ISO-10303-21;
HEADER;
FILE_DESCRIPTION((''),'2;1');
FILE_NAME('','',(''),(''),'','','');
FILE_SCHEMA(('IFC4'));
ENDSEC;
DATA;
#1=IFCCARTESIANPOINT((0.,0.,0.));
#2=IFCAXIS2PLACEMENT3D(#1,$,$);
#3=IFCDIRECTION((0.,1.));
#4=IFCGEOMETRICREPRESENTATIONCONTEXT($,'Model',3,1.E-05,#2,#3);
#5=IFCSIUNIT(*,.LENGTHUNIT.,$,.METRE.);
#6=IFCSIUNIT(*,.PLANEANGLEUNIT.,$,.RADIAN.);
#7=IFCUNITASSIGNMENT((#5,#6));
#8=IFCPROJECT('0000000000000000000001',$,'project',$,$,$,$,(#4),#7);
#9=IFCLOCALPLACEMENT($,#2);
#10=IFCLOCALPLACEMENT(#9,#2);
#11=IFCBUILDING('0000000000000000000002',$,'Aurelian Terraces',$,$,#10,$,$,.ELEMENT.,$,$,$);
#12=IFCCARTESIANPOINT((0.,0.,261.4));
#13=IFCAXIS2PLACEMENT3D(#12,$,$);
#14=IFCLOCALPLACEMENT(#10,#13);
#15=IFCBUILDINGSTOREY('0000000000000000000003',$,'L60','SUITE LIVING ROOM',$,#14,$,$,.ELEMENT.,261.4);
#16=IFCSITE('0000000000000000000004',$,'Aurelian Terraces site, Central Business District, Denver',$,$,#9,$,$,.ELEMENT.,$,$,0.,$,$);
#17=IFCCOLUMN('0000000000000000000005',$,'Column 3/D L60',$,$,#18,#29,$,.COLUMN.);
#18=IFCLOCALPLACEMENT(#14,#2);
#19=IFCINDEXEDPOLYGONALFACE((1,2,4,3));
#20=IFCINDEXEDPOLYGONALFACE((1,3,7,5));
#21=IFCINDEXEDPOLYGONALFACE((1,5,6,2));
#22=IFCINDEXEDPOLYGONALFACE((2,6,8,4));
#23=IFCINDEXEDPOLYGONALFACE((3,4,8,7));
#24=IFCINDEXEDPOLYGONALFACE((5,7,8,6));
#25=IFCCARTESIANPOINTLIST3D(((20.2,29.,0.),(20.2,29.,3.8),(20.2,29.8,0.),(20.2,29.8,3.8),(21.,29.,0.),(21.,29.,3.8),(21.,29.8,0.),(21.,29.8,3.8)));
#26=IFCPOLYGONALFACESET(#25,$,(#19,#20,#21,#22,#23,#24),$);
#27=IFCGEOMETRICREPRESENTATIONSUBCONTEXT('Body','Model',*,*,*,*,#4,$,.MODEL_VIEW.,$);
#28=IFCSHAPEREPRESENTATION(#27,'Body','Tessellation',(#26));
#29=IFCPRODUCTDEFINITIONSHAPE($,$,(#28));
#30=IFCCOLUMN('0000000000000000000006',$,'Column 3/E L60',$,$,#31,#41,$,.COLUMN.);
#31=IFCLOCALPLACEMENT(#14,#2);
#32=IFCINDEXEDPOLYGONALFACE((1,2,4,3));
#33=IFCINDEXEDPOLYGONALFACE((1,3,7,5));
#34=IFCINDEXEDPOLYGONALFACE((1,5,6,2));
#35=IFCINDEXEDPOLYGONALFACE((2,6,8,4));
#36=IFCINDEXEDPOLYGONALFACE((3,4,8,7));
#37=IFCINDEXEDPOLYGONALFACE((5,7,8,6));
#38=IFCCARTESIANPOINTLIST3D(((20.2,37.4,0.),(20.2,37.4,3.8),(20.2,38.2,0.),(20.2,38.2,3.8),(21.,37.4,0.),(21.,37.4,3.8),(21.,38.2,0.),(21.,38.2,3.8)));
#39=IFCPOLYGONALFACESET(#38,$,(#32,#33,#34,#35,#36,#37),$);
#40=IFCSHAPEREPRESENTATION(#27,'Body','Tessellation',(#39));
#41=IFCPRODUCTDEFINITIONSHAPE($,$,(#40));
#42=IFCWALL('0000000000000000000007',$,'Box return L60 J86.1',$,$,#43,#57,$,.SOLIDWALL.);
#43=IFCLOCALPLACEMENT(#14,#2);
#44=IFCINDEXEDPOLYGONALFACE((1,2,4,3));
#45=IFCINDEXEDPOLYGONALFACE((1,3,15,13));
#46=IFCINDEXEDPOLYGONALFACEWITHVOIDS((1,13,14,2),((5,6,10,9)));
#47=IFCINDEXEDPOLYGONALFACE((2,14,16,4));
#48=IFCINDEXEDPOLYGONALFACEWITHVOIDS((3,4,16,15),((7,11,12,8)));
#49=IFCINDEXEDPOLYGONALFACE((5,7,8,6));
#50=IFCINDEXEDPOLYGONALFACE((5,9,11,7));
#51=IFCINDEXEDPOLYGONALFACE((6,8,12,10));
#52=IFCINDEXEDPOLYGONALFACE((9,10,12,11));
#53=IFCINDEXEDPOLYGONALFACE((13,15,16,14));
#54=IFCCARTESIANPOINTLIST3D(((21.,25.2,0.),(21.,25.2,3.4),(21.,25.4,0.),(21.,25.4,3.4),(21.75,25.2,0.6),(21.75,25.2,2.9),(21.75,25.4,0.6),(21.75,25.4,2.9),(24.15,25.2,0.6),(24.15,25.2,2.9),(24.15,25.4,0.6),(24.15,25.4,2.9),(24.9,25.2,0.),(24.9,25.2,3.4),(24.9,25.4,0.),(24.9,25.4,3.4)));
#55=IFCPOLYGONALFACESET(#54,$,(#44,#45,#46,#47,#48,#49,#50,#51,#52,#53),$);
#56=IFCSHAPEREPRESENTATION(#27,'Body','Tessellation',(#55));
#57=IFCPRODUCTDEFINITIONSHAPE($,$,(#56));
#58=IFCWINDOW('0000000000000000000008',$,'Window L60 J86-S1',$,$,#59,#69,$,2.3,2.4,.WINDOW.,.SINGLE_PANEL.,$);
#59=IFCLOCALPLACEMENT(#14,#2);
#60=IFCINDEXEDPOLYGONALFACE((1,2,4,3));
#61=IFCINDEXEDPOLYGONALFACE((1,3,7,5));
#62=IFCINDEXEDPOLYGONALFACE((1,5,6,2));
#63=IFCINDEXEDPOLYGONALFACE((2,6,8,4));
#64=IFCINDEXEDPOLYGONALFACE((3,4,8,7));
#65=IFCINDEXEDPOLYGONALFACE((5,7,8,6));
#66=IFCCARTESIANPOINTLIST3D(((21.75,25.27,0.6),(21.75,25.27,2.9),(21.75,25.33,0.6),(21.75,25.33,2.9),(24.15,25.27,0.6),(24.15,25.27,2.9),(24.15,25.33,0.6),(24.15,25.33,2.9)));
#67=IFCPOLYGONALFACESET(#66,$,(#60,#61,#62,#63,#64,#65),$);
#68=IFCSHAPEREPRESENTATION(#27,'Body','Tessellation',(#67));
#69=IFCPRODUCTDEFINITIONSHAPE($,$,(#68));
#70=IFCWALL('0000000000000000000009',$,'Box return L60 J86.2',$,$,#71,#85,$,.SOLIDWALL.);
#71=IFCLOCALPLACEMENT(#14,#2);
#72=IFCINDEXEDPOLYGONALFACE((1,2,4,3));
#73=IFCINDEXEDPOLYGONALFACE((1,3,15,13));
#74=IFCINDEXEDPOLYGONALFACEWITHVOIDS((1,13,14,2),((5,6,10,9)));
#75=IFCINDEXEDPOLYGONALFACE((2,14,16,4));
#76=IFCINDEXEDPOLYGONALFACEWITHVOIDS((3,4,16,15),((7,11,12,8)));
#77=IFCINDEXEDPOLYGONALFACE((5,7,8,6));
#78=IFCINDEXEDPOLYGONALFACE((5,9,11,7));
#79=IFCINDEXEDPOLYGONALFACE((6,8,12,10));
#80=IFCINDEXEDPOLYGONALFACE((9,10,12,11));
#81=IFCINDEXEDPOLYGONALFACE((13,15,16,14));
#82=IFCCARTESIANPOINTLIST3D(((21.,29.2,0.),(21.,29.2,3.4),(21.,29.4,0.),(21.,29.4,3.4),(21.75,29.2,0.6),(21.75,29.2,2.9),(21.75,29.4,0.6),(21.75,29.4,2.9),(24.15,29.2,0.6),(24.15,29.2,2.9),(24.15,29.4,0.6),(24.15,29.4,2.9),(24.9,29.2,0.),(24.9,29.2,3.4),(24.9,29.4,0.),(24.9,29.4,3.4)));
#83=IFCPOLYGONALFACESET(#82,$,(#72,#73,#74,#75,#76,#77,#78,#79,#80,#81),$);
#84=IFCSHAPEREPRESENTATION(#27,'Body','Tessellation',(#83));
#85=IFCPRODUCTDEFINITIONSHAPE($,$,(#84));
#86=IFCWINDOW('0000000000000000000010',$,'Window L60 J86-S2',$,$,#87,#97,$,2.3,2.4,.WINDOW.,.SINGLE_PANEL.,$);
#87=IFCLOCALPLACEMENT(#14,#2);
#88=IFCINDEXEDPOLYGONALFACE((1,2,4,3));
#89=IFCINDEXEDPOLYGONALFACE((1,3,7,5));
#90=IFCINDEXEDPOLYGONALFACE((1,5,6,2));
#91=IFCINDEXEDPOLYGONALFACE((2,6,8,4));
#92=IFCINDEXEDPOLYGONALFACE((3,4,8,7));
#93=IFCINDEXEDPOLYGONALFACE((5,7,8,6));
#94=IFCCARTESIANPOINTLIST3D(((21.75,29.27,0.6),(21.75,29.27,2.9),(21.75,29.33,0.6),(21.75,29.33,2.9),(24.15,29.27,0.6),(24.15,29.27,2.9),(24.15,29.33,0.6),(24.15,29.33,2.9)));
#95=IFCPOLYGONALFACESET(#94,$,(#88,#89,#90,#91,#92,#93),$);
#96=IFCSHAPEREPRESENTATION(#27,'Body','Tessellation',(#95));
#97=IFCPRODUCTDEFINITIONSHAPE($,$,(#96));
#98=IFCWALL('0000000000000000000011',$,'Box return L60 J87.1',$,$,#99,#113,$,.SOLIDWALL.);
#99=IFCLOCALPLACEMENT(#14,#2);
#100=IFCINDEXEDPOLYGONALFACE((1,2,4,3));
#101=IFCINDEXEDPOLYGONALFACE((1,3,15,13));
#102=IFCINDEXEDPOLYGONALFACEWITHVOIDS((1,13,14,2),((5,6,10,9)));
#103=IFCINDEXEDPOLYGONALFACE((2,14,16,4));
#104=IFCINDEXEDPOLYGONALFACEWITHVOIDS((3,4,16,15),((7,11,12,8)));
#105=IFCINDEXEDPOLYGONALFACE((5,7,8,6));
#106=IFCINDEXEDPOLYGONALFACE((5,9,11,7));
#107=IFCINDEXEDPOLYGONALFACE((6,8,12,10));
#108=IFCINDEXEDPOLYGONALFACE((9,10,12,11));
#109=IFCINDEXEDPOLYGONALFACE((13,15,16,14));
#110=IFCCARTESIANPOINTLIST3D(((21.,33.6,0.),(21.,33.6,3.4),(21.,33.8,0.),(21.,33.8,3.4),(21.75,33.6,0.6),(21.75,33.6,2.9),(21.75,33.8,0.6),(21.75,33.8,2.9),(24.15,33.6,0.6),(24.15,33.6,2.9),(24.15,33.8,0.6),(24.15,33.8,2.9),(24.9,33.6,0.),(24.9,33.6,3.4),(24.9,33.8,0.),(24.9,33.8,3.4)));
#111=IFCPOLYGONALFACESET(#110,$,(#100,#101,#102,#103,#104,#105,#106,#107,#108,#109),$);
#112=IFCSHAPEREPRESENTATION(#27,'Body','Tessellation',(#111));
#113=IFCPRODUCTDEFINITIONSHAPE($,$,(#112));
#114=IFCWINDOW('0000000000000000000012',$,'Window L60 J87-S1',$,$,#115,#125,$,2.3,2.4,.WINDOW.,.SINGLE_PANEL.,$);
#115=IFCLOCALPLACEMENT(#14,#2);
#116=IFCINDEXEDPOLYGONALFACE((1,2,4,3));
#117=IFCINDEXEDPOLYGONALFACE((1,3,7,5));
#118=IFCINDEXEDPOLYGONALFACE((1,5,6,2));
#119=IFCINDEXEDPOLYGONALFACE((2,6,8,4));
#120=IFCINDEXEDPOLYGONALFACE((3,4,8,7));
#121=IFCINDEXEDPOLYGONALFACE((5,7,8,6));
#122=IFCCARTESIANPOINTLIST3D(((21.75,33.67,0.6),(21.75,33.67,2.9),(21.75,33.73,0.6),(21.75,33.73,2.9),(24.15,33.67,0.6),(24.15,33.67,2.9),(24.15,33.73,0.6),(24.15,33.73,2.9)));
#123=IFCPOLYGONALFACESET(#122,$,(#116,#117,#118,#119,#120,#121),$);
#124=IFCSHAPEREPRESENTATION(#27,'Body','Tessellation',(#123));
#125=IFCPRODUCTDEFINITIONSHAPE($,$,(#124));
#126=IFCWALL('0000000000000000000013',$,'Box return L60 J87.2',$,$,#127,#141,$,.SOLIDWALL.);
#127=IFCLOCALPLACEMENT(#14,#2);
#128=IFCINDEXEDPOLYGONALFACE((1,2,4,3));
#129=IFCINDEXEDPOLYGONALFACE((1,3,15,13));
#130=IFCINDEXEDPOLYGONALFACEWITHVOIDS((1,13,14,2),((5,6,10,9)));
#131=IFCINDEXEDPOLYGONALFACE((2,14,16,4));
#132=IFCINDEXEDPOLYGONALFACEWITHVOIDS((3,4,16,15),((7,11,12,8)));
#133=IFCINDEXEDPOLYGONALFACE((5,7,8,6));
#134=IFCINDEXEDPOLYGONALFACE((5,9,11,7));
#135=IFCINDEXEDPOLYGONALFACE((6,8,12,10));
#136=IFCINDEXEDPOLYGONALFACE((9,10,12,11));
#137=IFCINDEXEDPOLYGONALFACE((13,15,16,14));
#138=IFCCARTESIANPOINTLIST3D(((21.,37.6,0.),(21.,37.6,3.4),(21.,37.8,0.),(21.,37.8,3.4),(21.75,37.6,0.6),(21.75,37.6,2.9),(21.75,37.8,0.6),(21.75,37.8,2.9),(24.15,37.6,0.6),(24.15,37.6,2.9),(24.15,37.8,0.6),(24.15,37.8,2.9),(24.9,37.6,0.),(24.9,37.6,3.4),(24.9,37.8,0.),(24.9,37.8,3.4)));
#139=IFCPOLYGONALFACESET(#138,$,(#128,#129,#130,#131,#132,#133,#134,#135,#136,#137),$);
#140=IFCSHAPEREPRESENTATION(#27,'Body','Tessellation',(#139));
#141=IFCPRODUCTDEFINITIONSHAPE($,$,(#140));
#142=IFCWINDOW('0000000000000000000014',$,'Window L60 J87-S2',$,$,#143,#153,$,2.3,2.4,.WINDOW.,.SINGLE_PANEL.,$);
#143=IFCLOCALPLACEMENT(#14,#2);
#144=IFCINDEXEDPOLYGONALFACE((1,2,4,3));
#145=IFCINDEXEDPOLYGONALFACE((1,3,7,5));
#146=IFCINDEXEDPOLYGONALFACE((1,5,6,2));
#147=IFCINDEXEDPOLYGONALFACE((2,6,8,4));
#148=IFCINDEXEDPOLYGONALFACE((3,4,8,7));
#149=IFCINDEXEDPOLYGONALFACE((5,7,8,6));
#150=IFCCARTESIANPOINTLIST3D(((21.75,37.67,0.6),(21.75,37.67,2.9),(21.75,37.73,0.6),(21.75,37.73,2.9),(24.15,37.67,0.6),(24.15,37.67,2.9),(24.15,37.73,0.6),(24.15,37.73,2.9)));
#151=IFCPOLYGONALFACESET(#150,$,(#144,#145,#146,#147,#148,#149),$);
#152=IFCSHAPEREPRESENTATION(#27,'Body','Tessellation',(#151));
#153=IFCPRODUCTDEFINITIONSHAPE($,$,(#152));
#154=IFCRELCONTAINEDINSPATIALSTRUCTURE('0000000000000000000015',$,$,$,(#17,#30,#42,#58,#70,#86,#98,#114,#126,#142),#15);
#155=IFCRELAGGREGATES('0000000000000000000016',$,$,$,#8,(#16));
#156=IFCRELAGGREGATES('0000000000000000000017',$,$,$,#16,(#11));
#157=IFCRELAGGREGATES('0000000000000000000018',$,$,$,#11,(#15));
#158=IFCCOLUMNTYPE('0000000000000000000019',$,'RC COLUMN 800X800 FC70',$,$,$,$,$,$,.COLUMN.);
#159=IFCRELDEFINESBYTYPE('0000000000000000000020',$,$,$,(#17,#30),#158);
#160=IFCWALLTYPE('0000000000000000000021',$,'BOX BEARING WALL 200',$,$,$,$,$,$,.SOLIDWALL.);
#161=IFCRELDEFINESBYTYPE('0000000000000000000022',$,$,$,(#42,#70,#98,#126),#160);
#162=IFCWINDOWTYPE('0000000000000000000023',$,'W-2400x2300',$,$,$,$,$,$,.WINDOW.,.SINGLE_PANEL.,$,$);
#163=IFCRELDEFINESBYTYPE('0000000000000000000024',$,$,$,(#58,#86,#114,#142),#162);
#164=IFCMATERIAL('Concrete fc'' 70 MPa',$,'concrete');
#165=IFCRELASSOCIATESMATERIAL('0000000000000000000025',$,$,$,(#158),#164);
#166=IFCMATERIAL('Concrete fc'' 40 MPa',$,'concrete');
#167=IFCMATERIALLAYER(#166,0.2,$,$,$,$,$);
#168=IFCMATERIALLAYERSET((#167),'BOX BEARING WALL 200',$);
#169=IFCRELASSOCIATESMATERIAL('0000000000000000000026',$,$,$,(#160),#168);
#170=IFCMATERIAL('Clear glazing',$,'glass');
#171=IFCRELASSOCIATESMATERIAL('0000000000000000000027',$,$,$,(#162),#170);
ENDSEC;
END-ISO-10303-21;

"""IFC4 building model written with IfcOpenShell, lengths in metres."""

from ifc_helpers import new_model, si_unit, direction, frame, frame_2d, origin, origin_2d, place, context, subcontext, project, spatial, rectangle, extrude, source, transform, mapped, material, layer, layer_set, material_profile, profile_set, type_object, element, fill, save


model = new_model("IFC4")

# Units and contexts
model_context = context("Model", 3, precision=1e-05, world=origin(), true_north=direction((0.0, 1.0)))
body_context = subcontext(model_context, "Body", "Model", "MODEL_VIEW")
ifc_project = project(units=[si_unit("LENGTHUNIT", "METRE"), si_unit("PLANEANGLEUNIT", "RADIAN")], contexts=[model_context])

# Site, building, storey
site_placement = place(None, origin())
site = spatial("IfcSite", under=ifc_project, at=site_placement, Name="Aurelian Terraces site, Central Business District, Denver", CompositionType="ELEMENT", RefElevation=0.0)
building_placement = place(site_placement, origin())
building = spatial("IfcBuilding", under=site, at=building_placement, Name="Aurelian Terraces", CompositionType="ELEMENT")
storey_placement = place(building_placement, frame((0.0, 0.0, 261.4)))
storey = spatial("IfcBuildingStorey", under=building, at=storey_placement, Name="L60", Description="SUITE LIVING ROOM", CompositionType="ELEMENT", Elevation=261.4)

# Columns
ifc_material_1 = material(Name="Concrete fc' 70 MPa", Category="concrete")
ifc_material_profile = material_profile(ifc_material_1, rectangle(XDim=0.8, YDim=0.8, at=origin_2d()))
ifc_profile_set = profile_set([ifc_material_profile], Name="Concrete fc' 70 MPa")
column_type = type_object("IfcColumnType", Name="RC COLUMN 800X800 FC70", PredefinedType="COLUMN", material=ifc_profile_set)
shared_shape_1 = source(origin(), body_context, "Body", "SweptSolid", [
    extrude(rectangle(XDim=0.8, YDim=0.8, at=origin_2d()), origin(), (0.0, 0.0, 1.0), 3.8),
])
for number, where, z_axis, x_axis, name in (
    (1, (20.6, 29.4, 0.0), (0.0, 0.0, 1.0), (1.0, 0.0, 0.0), "Column 3/D L60"),
    (2, (20.6, 37.8, 0.0), (0.0, 0.0, 1.0), (1.0, 0.0, 0.0), "Column 3/E L60"),
):
    element("IfcColumn", number, at=place(storey_placement, frame(where, z_axis=z_axis, x_axis=x_axis)), inside=storey, type_object=column_type, Name=name, PredefinedType="COLUMN", context=body_context, shape_type="MappedRepresentation", body=[
        mapped(shared_shape_1, transform((0.0, 0.0, 0.0), scale=1.0)),
    ])

# Walls, openings, windows
ifc_material_2 = material(Name="Concrete fc' 40 MPa", Category="concrete")
ifc_layer_1 = layer(ifc_material_2, 0.2)
ifc_layer_set_1 = layer_set([ifc_layer_1], Name="BOX BEARING WALL 200")
wall_type_1 = type_object("IfcWallType", Name="BOX BEARING WALL 200", PredefinedType="SOLIDWALL", material=ifc_layer_set_1)
shared_shape_2 = source(origin(), body_context, "Body", "SweptSolid", [
    extrude(rectangle(XDim=3.9, YDim=0.2, at=frame_2d((1.95, 0.0))), origin(), (0.0, 0.0, 1.0), 3.4),
])
wall_1_placement = place(storey_placement, frame((21.0, 25.3, 0.0), z_axis=(0.0, 0.0, 1.0), x_axis=(1.0, 0.0, 0.0)))
wall_1 = element("IfcWall", 3, at=wall_1_placement, inside=storey, type_object=wall_type_1, Name="Box return L60 J86.1", PredefinedType="SOLIDWALL", context=body_context, shape_type="MappedRepresentation", body=[
    mapped(shared_shape_2, transform((0.0, 0.0, 0.0), scale=1.0)),
])
shared_shape_3 = source(origin(), body_context, "Body", "SweptSolid", [
    extrude(rectangle(XDim=2.4, YDim=2.3, at=frame_2d((1.2, 1.15))), frame((0.0, 0.11, 0.0), z_axis=(0.0, -1.0, 0.0), x_axis=(1.0, 0.0, 0.0)), (0.0, 0.0, 1.0), 0.22),
])
opening_1_placement = place(wall_1_placement, frame((0.75, 0.0, 0.6)))
opening_1 = element("IfcOpeningElement", 4, at=opening_1_placement, cuts=wall_1, PredefinedType="OPENING", context=body_context, shape_type="MappedRepresentation", body=[
    mapped(shared_shape_3, transform((0.0, 0.0, 0.0), scale=1.0)),
])
ifc_material_3 = material(Name="Clear glazing", Category="glass")
window_type_1 = type_object("IfcWindowType", Name="W-2400x2300", PartitioningType="SINGLE_PANEL", PredefinedType="WINDOW", material=ifc_material_3)
shared_shape_4 = source(origin(), body_context, "Body", "SweptSolid", [
    extrude(rectangle(XDim=2.4, YDim=2.3, at=frame_2d((1.2, 1.15))), frame((0.0, 0.03, 0.0), z_axis=(0.0, -1.0, 0.0), x_axis=(1.0, 0.0, 0.0)), (0.0, 0.0, 1.0), 0.06),
])
window_1_placement = place(opening_1_placement, origin())
window_1 = element("IfcWindow", 5, at=window_1_placement, inside=storey, type_object=window_type_1, Name="Window L60 J86-S1", OverallHeight=2.3, OverallWidth=2.4, PartitioningType="SINGLE_PANEL", PredefinedType="WINDOW", context=body_context, shape_type="MappedRepresentation", body=[
    mapped(shared_shape_4, transform((0.0, 0.0, 0.0), scale=1.0)),
])
fill(opening_1, window_1)
wall_2_placement = place(storey_placement, frame((21.0, 29.3, 0.0), z_axis=(0.0, 0.0, 1.0), x_axis=(1.0, 0.0, 0.0)))
wall_2 = element("IfcWall", 6, at=wall_2_placement, inside=storey, type_object=wall_type_1, Name="Box return L60 J86.2", PredefinedType="SOLIDWALL", context=body_context, shape_type="MappedRepresentation", body=[
    mapped(shared_shape_2, transform((0.0, 0.0, 0.0), scale=1.0)),
])
opening_2_placement = place(wall_2_placement, frame((0.75, 0.0, 0.6)))
opening_2 = element("IfcOpeningElement", 7, at=opening_2_placement, cuts=wall_2, PredefinedType="OPENING", context=body_context, shape_type="MappedRepresentation", body=[
    mapped(shared_shape_3, transform((0.0, 0.0, 0.0), scale=1.0)),
])
window_2_placement = place(opening_2_placement, origin())
window_2 = element("IfcWindow", 8, at=window_2_placement, inside=storey, type_object=window_type_1, Name="Window L60 J86-S2", OverallHeight=2.3, OverallWidth=2.4, PartitioningType="SINGLE_PANEL", PredefinedType="WINDOW", context=body_context, shape_type="MappedRepresentation", body=[
    mapped(shared_shape_4, transform((0.0, 0.0, 0.0), scale=1.0)),
])
fill(opening_2, window_2)
wall_3_placement = place(storey_placement, frame((21.0, 33.7, 0.0), z_axis=(0.0, 0.0, 1.0), x_axis=(1.0, 0.0, 0.0)))
wall_3 = element("IfcWall", 9, at=wall_3_placement, inside=storey, type_object=wall_type_1, Name="Box return L60 J87.1", PredefinedType="SOLIDWALL", context=body_context, shape_type="MappedRepresentation", body=[
    mapped(shared_shape_2, transform((0.0, 0.0, 0.0), scale=1.0)),
])
opening_3_placement = place(wall_3_placement, frame((0.75, 0.0, 0.6)))
opening_3 = element("IfcOpeningElement", 10, at=opening_3_placement, cuts=wall_3, PredefinedType="OPENING", context=body_context, shape_type="MappedRepresentation", body=[
    mapped(shared_shape_3, transform((0.0, 0.0, 0.0), scale=1.0)),
])
window_3_placement = place(opening_3_placement, origin())
window_3 = element("IfcWindow", 11, at=window_3_placement, inside=storey, type_object=window_type_1, Name="Window L60 J87-S1", OverallHeight=2.3, OverallWidth=2.4, PartitioningType="SINGLE_PANEL", PredefinedType="WINDOW", context=body_context, shape_type="MappedRepresentation", body=[
    mapped(shared_shape_4, transform((0.0, 0.0, 0.0), scale=1.0)),
])
fill(opening_3, window_3)
wall_4_placement = place(storey_placement, frame((21.0, 37.7, 0.0), z_axis=(0.0, 0.0, 1.0), x_axis=(1.0, 0.0, 0.0)))
wall_4 = element("IfcWall", 12, at=wall_4_placement, inside=storey, type_object=wall_type_1, Name="Box return L60 J87.2", PredefinedType="SOLIDWALL", context=body_context, shape_type="MappedRepresentation", body=[
    mapped(shared_shape_2, transform((0.0, 0.0, 0.0), scale=1.0)),
])
opening_4_placement = place(wall_4_placement, frame((0.75, 0.0, 0.6)))
opening_4 = element("IfcOpeningElement", 13, at=opening_4_placement, cuts=wall_4, PredefinedType="OPENING", context=body_context, shape_type="MappedRepresentation", body=[
    mapped(shared_shape_3, transform((0.0, 0.0, 0.0), scale=1.0)),
])
window_4_placement = place(opening_4_placement, origin())
window_4 = element("IfcWindow", 14, at=window_4_placement, inside=storey, type_object=window_type_1, Name="Window L60 J87-S2", OverallHeight=2.3, OverallWidth=2.4, PartitioningType="SINGLE_PANEL", PredefinedType="WINDOW", context=body_context, shape_type="MappedRepresentation", body=[
    mapped(shared_shape_4, transform((0.0, 0.0, 0.0), scale=1.0)),
])
fill(opening_4, window_4)

save(model, "model.ifc")
